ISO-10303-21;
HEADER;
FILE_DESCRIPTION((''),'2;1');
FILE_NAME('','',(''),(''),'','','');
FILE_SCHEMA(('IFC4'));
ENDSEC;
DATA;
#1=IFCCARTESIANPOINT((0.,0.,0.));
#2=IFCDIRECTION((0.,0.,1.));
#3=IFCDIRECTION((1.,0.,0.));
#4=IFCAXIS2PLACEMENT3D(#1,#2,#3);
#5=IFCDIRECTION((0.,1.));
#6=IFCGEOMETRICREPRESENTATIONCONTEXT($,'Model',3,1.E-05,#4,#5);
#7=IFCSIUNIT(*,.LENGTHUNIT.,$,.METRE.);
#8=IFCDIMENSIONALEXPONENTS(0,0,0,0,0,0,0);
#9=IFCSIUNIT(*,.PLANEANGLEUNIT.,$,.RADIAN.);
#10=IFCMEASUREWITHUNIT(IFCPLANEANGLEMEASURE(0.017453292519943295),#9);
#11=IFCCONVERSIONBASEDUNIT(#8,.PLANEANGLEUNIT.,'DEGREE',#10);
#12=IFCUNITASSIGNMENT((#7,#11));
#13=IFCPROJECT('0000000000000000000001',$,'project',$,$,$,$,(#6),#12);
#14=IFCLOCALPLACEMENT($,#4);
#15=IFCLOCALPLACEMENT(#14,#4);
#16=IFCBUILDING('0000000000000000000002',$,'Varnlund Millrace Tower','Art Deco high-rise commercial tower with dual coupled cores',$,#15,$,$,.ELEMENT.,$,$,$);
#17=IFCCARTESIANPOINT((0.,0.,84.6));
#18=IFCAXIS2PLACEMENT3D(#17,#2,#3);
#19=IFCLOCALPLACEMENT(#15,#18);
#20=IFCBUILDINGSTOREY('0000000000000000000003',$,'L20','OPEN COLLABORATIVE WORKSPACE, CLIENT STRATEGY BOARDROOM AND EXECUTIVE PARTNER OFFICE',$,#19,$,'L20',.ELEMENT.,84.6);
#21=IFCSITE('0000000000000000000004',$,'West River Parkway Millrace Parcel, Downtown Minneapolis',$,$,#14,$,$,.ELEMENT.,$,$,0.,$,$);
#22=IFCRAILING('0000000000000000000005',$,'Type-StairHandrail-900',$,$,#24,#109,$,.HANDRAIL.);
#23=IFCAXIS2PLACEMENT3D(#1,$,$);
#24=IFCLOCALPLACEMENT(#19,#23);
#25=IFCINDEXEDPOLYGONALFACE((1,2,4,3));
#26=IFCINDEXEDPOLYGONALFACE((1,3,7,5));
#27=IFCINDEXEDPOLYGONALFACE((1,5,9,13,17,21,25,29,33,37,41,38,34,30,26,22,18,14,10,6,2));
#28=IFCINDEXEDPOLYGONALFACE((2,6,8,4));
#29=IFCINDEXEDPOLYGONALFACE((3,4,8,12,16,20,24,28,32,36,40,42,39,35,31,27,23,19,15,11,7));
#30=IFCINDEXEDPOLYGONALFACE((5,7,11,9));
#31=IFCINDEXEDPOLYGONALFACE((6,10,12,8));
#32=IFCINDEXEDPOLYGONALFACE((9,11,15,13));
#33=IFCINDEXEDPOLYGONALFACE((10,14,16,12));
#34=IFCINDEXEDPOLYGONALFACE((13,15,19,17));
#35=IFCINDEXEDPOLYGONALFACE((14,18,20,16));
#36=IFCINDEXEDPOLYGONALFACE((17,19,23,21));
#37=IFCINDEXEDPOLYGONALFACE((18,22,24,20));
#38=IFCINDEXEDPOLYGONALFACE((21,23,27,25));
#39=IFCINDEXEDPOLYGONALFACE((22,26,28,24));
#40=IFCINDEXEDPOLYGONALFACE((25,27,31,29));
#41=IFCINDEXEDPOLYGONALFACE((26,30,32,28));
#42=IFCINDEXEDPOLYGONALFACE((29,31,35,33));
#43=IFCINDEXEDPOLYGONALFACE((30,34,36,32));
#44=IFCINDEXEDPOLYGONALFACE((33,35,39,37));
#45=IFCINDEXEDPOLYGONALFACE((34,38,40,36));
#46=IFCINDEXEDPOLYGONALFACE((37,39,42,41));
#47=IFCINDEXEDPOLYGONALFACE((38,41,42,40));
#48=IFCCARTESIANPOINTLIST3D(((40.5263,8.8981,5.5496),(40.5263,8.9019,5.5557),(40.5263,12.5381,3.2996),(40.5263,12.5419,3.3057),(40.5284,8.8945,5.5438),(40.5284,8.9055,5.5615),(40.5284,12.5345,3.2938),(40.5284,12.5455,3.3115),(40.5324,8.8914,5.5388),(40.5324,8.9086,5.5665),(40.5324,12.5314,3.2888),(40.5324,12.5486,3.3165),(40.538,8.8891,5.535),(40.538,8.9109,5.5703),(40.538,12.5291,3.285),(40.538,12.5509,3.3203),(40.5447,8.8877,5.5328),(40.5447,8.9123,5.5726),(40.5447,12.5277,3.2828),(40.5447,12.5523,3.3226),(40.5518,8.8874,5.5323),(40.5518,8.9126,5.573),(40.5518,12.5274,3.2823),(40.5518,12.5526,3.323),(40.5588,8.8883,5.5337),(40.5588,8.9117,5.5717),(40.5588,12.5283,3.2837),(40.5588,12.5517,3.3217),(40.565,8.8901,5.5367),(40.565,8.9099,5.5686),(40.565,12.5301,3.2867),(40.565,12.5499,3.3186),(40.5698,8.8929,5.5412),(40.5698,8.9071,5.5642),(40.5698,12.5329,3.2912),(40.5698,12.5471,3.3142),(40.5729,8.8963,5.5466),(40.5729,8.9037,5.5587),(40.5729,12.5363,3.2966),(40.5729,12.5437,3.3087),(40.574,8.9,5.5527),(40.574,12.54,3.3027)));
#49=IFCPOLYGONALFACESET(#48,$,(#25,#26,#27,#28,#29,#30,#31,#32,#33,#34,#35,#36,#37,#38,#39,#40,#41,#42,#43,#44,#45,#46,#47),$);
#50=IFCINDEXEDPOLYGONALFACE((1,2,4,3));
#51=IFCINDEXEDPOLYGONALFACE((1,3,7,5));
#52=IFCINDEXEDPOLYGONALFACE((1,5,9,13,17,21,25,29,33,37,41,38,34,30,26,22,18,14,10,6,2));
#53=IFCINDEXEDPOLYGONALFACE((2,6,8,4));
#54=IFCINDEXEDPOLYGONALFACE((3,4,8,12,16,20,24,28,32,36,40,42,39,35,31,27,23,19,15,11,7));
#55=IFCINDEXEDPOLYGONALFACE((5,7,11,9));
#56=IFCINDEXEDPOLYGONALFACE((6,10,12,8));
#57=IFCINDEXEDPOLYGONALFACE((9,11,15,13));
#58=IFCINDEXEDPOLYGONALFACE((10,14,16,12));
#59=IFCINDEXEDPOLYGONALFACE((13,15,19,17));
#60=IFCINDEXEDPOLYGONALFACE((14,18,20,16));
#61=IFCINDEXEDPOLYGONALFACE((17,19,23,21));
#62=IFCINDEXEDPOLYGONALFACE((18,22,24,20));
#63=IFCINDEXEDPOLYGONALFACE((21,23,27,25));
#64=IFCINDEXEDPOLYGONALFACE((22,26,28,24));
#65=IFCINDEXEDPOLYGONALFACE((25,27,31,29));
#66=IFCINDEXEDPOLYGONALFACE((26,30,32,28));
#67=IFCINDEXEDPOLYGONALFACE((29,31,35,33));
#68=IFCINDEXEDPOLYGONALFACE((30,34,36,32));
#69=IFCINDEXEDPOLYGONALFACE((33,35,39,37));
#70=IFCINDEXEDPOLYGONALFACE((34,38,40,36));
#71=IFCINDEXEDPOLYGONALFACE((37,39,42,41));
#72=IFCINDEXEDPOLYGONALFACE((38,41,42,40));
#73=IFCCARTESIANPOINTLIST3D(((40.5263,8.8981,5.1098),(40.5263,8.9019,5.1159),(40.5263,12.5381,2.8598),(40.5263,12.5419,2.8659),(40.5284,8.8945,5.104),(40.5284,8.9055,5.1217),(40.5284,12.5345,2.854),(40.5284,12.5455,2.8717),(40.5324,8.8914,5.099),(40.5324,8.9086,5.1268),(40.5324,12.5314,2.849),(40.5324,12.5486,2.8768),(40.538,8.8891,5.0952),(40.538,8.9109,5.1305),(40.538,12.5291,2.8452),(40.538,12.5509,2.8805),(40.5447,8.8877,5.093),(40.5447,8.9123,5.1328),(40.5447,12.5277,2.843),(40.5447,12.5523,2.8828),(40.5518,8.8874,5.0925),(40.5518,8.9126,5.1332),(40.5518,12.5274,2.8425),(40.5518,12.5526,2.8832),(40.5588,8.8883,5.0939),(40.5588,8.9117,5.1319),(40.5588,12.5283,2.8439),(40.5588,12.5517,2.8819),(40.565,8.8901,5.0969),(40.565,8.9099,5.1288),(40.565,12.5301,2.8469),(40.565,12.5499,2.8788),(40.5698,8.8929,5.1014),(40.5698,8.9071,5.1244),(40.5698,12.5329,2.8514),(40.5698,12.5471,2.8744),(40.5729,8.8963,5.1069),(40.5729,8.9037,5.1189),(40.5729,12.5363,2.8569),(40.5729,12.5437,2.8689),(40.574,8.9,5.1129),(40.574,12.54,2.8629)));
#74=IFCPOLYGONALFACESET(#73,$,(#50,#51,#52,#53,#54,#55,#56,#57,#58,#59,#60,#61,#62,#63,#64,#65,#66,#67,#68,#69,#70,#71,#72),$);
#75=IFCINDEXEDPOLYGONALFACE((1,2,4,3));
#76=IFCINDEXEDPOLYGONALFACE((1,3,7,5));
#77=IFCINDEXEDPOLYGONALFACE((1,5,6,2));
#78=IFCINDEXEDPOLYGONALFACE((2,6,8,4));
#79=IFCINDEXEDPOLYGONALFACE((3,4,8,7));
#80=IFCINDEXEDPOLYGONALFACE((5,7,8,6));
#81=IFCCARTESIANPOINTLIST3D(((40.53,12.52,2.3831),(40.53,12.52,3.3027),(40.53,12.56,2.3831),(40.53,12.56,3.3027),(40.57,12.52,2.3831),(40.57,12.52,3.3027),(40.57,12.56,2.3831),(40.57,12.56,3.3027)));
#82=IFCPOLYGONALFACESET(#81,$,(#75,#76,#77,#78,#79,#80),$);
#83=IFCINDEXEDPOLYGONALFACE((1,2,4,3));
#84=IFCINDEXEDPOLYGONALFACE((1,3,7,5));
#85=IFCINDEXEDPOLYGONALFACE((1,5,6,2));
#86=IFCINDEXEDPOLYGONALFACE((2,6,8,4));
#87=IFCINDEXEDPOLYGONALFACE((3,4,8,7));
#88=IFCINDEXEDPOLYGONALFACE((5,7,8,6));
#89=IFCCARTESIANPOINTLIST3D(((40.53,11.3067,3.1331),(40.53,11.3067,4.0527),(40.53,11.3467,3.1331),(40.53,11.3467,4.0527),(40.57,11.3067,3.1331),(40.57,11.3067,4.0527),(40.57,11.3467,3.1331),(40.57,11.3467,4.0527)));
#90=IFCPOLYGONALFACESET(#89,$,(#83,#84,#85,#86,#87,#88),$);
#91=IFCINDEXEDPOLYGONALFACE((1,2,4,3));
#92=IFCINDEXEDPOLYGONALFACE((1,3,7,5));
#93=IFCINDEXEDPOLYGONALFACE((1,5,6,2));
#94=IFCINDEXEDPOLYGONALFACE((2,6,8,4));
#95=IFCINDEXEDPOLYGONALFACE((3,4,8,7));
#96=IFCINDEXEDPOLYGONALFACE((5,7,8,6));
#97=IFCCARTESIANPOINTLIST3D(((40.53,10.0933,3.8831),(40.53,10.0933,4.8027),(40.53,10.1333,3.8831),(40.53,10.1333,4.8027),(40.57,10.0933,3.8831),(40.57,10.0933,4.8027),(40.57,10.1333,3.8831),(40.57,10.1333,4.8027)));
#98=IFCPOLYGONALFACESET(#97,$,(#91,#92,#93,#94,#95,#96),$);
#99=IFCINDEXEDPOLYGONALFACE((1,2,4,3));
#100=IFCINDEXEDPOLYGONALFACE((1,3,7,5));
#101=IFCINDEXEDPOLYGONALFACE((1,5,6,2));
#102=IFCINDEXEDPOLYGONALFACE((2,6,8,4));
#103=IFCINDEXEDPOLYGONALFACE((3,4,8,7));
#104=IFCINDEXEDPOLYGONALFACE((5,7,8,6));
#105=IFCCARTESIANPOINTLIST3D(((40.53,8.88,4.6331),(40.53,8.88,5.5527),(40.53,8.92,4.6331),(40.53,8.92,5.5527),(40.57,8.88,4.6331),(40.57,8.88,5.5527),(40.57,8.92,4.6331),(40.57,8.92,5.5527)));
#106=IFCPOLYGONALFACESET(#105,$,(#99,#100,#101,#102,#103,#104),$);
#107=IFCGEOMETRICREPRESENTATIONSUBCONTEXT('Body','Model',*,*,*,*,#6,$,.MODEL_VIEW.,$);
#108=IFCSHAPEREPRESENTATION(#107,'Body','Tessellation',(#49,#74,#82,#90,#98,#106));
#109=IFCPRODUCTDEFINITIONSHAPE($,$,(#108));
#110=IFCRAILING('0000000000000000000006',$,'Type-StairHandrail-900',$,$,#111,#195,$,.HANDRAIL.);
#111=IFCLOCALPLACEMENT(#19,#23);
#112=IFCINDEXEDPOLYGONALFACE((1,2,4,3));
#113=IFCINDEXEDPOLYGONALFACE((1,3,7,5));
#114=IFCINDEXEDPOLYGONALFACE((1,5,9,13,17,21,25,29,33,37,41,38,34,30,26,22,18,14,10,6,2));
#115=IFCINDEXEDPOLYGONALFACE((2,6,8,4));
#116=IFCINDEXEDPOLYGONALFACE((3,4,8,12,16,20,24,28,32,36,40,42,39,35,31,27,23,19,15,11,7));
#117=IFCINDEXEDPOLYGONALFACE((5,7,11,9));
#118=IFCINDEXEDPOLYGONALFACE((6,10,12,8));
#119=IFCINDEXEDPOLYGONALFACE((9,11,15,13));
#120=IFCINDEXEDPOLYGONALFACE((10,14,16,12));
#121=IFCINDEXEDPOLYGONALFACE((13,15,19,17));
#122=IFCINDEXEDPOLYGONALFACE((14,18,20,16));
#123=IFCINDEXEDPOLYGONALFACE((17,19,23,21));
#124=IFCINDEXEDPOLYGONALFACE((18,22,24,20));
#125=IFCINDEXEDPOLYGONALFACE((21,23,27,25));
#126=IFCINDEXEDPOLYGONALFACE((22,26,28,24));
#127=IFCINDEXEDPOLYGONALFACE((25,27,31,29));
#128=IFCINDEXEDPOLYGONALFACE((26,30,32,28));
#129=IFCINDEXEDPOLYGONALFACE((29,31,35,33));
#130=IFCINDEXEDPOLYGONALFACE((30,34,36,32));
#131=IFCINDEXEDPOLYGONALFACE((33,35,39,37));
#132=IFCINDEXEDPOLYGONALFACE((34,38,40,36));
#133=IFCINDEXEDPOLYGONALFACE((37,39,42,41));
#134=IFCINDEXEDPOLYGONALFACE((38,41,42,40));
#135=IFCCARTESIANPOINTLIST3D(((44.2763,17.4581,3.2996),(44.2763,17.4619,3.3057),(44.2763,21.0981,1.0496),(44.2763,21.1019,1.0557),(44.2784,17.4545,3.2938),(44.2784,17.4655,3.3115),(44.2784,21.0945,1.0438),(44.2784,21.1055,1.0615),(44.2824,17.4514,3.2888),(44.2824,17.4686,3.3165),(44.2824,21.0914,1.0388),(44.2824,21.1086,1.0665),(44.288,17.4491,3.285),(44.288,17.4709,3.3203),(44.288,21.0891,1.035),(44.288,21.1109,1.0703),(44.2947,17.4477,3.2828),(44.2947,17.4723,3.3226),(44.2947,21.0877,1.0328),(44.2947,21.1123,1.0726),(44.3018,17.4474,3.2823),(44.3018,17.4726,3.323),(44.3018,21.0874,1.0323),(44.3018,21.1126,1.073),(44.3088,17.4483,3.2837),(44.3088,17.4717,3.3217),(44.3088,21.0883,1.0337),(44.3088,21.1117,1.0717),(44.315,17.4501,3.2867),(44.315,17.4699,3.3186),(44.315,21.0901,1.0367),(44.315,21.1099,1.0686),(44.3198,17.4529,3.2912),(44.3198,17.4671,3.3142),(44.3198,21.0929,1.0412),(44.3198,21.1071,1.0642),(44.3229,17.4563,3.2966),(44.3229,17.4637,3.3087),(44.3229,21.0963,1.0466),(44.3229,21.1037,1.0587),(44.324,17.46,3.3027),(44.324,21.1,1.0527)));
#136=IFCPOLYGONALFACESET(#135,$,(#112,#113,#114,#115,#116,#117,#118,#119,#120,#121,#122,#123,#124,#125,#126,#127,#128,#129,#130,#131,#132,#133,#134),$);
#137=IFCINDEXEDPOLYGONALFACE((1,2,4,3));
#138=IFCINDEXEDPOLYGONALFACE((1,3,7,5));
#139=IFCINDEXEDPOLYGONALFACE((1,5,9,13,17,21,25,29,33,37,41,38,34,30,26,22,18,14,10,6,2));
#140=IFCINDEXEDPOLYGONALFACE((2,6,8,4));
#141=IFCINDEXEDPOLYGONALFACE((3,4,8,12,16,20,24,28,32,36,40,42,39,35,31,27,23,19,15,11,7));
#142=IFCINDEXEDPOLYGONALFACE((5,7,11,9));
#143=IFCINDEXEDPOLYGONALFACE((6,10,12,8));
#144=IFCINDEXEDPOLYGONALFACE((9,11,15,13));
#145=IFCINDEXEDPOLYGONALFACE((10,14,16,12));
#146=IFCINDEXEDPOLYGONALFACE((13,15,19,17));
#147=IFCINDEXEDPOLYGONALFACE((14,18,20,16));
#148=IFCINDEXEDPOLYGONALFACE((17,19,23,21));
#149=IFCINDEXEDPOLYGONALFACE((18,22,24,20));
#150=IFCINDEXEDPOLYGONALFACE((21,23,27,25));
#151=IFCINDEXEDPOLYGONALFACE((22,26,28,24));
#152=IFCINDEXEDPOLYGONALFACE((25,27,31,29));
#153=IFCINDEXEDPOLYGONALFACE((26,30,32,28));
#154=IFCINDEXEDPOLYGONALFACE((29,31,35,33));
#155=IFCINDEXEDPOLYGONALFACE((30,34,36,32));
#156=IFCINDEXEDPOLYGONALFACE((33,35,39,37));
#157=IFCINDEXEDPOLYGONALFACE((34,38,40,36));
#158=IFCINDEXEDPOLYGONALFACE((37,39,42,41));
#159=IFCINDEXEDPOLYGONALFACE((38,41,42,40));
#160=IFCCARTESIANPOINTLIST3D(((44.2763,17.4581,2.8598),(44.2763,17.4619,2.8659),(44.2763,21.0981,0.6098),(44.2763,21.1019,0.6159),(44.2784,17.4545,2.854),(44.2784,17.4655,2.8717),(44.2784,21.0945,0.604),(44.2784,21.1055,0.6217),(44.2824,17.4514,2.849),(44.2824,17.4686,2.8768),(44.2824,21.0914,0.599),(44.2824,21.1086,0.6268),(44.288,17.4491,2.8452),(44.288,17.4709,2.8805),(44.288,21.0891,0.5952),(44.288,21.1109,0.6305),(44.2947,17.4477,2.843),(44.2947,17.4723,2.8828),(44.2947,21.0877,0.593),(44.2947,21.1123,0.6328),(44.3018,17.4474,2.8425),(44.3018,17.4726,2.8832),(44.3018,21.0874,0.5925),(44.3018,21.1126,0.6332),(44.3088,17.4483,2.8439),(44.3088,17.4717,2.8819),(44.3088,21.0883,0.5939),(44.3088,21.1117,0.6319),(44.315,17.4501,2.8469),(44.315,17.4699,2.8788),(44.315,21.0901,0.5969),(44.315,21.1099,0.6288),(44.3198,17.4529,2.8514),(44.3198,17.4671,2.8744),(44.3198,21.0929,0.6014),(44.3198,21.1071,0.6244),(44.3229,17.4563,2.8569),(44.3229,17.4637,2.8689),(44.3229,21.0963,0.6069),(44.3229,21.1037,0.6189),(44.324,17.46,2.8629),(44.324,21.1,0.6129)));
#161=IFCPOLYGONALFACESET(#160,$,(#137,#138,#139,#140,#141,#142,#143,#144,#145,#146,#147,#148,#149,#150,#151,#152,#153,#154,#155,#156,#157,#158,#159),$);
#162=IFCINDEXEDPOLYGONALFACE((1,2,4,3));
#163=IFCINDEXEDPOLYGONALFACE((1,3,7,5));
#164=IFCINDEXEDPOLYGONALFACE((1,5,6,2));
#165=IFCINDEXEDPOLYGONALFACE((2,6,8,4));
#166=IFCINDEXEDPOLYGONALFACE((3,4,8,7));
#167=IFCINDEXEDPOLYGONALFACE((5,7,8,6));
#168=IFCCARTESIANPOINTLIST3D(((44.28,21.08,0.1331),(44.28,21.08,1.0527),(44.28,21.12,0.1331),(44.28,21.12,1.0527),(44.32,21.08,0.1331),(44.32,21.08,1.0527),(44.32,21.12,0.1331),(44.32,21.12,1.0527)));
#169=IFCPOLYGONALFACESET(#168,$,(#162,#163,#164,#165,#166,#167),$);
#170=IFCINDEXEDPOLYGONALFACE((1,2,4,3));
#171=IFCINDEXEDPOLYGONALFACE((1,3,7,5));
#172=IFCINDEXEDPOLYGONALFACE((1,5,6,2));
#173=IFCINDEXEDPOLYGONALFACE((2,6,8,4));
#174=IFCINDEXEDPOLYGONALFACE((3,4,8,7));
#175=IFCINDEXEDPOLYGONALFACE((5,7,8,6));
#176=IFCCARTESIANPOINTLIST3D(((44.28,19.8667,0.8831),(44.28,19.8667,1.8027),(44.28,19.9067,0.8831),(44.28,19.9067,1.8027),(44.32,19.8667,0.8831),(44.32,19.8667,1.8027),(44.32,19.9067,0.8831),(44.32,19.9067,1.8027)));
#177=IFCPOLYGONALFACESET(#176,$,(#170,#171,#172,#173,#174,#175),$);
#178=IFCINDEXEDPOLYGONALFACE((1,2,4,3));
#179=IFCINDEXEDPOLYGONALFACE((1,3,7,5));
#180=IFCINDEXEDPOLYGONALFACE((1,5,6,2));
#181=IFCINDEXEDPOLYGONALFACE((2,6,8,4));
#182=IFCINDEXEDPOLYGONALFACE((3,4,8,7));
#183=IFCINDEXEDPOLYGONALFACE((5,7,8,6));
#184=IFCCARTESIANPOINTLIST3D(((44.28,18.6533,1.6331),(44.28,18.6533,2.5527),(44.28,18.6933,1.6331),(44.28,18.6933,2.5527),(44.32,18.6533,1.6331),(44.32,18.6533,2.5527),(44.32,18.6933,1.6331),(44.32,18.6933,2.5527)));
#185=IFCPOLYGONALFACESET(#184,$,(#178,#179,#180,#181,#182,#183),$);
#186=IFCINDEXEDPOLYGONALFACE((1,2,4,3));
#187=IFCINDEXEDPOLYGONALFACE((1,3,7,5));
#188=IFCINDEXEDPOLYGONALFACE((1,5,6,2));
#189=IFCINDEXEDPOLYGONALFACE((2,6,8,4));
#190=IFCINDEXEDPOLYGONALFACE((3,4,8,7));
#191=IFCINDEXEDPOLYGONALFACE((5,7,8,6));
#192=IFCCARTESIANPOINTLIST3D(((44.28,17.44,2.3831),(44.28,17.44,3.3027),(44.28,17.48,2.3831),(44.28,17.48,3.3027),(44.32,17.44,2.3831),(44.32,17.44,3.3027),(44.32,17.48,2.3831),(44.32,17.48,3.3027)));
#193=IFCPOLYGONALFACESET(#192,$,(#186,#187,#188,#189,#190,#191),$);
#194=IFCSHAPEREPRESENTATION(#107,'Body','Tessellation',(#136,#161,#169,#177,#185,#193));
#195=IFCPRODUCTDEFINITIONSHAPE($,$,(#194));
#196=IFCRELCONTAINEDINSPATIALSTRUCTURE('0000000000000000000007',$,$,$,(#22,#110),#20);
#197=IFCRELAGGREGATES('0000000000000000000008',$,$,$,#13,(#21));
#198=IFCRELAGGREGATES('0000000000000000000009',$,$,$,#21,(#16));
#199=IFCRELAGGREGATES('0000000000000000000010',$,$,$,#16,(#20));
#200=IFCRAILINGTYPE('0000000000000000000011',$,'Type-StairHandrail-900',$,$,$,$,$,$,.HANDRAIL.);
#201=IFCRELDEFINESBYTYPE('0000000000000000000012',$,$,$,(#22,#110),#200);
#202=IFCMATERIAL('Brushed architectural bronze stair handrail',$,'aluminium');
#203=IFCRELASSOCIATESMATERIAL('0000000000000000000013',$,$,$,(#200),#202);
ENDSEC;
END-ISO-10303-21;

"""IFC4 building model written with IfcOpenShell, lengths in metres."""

from ifc_helpers import new_model, entity, si_unit, converted_unit, direction, frame, origin_with_axes, origin_2d_with_axis, place, context, subcontext, project, spatial, rectangle, circle, extrude, material, type_object, element, save


model = new_model("IFC4")

# Units and contexts
model_context = context("Model", 3, precision=1e-05, world=origin_with_axes(), true_north=direction((0.0, 1.0)))
body_context = subcontext(model_context, "Body", "Model", "MODEL_VIEW")
ifc_project = project(units=[si_unit("LENGTHUNIT", "METRE"), converted_unit("PLANEANGLEUNIT", "DEGREE", entity("IfcPlaneAngleMeasure", 0.017453292519943295), si_unit("PLANEANGLEUNIT", "RADIAN"), dimensions=[0, 0, 0, 0, 0, 0, 0])], contexts=[model_context])

# Site, building, storey
site_placement = place(None, origin_with_axes())
site = spatial("IfcSite", under=ifc_project, at=site_placement, Name="West River Parkway Millrace Parcel, Downtown Minneapolis", CompositionType="ELEMENT", RefElevation=0.0)
building_placement = place(site_placement, origin_with_axes())
building = spatial("IfcBuilding", under=site, at=building_placement, Name="Varnlund Millrace Tower", Description="Art Deco high-rise commercial tower with dual coupled cores", CompositionType="ELEMENT")
storey_placement = place(building_placement, frame((0.0, 0.0, 84.6), z_axis=(0.0, 0.0, 1.0), x_axis=(1.0, 0.0, 0.0)))
storey = spatial("IfcBuildingStorey", under=building, at=storey_placement, Name="L20", Description="OPEN COLLABORATIVE WORKSPACE, CLIENT STRATEGY BOARDROOM AND EXECUTIVE PARTNER OFFICE", LongName="L20", CompositionType="ELEMENT", Elevation=84.6)

# Railings
ifc_material_1 = material(Name="Brushed architectural bronze stair handrail", Category="aluminium")
railing_type_1 = type_object("IfcRailingType", Name="Type-StairHandrail-900", PredefinedType="HANDRAIL", material=ifc_material_1)
railing_1_placement = place(storey_placement, frame((0.0, 0.0, -84.6), z_axis=(0.0, 0.0, 1.0), x_axis=(1.0, 0.0, 0.0)))
element("IfcRailing", 1, at=railing_1_placement, inside=storey, type_object=railing_type_1, Name="Type-StairHandrail-900", PredefinedType="HANDRAIL", context=body_context, shape_type="SweptSolid", body=[
    extrude(circle(Radius=0.024, at=origin_2d_with_axis()), frame((40.55, 12.54, 87.9027), z_axis=(0.0, -0.850614, 0.525791), x_axis=(1.0, 0.0, 0.0)), (0.0, 0.0, 1.0), 4.2793),
    extrude(circle(Radius=0.024, at=origin_2d_with_axis()), frame((40.55, 12.54, 87.4629), z_axis=(0.0, -0.850614, 0.525791), x_axis=(1.0, 0.0, 0.0)), (0.0, 0.0, 1.0), 4.2793),
    extrude(rectangle(XDim=0.04, YDim=0.04, at=origin_2d_with_axis()), frame((40.55, 12.54, 86.9831), z_axis=(0.0, 0.0, 1.0), x_axis=(1.0, 0.0, 0.0)), (0.0, 0.0, 1.0), 0.9196),
    extrude(rectangle(XDim=0.04, YDim=0.04, at=origin_2d_with_axis()), frame((40.55, 11.3267, 87.7331), z_axis=(0.0, 0.0, 1.0), x_axis=(1.0, 0.0, 0.0)), (0.0, 0.0, 1.0), 0.9196),
    extrude(rectangle(XDim=0.04, YDim=0.04, at=origin_2d_with_axis()), frame((40.55, 10.1133, 88.4831), z_axis=(0.0, 0.0, 1.0), x_axis=(1.0, 0.0, 0.0)), (0.0, 0.0, 1.0), 0.9196),
    extrude(rectangle(XDim=0.04, YDim=0.04, at=origin_2d_with_axis()), frame((40.55, 8.9, 89.2331), z_axis=(0.0, 0.0, 1.0), x_axis=(1.0, 0.0, 0.0)), (0.0, 0.0, 1.0), 0.9196),
])
railing_2_placement = place(storey_placement, frame((0.0, 0.0, -84.6), z_axis=(0.0, 0.0, 1.0), x_axis=(1.0, 0.0, 0.0)))
element("IfcRailing", 2, at=railing_2_placement, inside=storey, type_object=railing_type_1, Name="Type-StairHandrail-900", PredefinedType="HANDRAIL", context=body_context, shape_type="SweptSolid", body=[
    extrude(circle(Radius=0.024, at=origin_2d_with_axis()), frame((44.3, 21.1, 85.6527), z_axis=(0.0, -0.850614, 0.525791), x_axis=(1.0, 0.0, 0.0)), (0.0, 0.0, 1.0), 4.2793),
    extrude(circle(Radius=0.024, at=origin_2d_with_axis()), frame((44.3, 21.1, 85.2129), z_axis=(0.0, -0.850614, 0.525791), x_axis=(1.0, 0.0, 0.0)), (0.0, 0.0, 1.0), 4.2793),
    extrude(rectangle(XDim=0.04, YDim=0.04, at=origin_2d_with_axis()), frame((44.3, 21.1, 84.7331), z_axis=(0.0, 0.0, 1.0), x_axis=(1.0, 0.0, 0.0)), (0.0, 0.0, 1.0), 0.9196),
    extrude(rectangle(XDim=0.04, YDim=0.04, at=origin_2d_with_axis()), frame((44.3, 19.8867, 85.4831), z_axis=(0.0, 0.0, 1.0), x_axis=(1.0, 0.0, 0.0)), (0.0, 0.0, 1.0), 0.9196),
    extrude(rectangle(XDim=0.04, YDim=0.04, at=origin_2d_with_axis()), frame((44.3, 18.6733, 86.2331), z_axis=(0.0, 0.0, 1.0), x_axis=(1.0, 0.0, 0.0)), (0.0, 0.0, 1.0), 0.9196),
    extrude(rectangle(XDim=0.04, YDim=0.04, at=origin_2d_with_axis()), frame((44.3, 17.46, 86.9831), z_axis=(0.0, 0.0, 1.0), x_axis=(1.0, 0.0, 0.0)), (0.0, 0.0, 1.0), 0.9196),
])

save(model, "model.ifc")
